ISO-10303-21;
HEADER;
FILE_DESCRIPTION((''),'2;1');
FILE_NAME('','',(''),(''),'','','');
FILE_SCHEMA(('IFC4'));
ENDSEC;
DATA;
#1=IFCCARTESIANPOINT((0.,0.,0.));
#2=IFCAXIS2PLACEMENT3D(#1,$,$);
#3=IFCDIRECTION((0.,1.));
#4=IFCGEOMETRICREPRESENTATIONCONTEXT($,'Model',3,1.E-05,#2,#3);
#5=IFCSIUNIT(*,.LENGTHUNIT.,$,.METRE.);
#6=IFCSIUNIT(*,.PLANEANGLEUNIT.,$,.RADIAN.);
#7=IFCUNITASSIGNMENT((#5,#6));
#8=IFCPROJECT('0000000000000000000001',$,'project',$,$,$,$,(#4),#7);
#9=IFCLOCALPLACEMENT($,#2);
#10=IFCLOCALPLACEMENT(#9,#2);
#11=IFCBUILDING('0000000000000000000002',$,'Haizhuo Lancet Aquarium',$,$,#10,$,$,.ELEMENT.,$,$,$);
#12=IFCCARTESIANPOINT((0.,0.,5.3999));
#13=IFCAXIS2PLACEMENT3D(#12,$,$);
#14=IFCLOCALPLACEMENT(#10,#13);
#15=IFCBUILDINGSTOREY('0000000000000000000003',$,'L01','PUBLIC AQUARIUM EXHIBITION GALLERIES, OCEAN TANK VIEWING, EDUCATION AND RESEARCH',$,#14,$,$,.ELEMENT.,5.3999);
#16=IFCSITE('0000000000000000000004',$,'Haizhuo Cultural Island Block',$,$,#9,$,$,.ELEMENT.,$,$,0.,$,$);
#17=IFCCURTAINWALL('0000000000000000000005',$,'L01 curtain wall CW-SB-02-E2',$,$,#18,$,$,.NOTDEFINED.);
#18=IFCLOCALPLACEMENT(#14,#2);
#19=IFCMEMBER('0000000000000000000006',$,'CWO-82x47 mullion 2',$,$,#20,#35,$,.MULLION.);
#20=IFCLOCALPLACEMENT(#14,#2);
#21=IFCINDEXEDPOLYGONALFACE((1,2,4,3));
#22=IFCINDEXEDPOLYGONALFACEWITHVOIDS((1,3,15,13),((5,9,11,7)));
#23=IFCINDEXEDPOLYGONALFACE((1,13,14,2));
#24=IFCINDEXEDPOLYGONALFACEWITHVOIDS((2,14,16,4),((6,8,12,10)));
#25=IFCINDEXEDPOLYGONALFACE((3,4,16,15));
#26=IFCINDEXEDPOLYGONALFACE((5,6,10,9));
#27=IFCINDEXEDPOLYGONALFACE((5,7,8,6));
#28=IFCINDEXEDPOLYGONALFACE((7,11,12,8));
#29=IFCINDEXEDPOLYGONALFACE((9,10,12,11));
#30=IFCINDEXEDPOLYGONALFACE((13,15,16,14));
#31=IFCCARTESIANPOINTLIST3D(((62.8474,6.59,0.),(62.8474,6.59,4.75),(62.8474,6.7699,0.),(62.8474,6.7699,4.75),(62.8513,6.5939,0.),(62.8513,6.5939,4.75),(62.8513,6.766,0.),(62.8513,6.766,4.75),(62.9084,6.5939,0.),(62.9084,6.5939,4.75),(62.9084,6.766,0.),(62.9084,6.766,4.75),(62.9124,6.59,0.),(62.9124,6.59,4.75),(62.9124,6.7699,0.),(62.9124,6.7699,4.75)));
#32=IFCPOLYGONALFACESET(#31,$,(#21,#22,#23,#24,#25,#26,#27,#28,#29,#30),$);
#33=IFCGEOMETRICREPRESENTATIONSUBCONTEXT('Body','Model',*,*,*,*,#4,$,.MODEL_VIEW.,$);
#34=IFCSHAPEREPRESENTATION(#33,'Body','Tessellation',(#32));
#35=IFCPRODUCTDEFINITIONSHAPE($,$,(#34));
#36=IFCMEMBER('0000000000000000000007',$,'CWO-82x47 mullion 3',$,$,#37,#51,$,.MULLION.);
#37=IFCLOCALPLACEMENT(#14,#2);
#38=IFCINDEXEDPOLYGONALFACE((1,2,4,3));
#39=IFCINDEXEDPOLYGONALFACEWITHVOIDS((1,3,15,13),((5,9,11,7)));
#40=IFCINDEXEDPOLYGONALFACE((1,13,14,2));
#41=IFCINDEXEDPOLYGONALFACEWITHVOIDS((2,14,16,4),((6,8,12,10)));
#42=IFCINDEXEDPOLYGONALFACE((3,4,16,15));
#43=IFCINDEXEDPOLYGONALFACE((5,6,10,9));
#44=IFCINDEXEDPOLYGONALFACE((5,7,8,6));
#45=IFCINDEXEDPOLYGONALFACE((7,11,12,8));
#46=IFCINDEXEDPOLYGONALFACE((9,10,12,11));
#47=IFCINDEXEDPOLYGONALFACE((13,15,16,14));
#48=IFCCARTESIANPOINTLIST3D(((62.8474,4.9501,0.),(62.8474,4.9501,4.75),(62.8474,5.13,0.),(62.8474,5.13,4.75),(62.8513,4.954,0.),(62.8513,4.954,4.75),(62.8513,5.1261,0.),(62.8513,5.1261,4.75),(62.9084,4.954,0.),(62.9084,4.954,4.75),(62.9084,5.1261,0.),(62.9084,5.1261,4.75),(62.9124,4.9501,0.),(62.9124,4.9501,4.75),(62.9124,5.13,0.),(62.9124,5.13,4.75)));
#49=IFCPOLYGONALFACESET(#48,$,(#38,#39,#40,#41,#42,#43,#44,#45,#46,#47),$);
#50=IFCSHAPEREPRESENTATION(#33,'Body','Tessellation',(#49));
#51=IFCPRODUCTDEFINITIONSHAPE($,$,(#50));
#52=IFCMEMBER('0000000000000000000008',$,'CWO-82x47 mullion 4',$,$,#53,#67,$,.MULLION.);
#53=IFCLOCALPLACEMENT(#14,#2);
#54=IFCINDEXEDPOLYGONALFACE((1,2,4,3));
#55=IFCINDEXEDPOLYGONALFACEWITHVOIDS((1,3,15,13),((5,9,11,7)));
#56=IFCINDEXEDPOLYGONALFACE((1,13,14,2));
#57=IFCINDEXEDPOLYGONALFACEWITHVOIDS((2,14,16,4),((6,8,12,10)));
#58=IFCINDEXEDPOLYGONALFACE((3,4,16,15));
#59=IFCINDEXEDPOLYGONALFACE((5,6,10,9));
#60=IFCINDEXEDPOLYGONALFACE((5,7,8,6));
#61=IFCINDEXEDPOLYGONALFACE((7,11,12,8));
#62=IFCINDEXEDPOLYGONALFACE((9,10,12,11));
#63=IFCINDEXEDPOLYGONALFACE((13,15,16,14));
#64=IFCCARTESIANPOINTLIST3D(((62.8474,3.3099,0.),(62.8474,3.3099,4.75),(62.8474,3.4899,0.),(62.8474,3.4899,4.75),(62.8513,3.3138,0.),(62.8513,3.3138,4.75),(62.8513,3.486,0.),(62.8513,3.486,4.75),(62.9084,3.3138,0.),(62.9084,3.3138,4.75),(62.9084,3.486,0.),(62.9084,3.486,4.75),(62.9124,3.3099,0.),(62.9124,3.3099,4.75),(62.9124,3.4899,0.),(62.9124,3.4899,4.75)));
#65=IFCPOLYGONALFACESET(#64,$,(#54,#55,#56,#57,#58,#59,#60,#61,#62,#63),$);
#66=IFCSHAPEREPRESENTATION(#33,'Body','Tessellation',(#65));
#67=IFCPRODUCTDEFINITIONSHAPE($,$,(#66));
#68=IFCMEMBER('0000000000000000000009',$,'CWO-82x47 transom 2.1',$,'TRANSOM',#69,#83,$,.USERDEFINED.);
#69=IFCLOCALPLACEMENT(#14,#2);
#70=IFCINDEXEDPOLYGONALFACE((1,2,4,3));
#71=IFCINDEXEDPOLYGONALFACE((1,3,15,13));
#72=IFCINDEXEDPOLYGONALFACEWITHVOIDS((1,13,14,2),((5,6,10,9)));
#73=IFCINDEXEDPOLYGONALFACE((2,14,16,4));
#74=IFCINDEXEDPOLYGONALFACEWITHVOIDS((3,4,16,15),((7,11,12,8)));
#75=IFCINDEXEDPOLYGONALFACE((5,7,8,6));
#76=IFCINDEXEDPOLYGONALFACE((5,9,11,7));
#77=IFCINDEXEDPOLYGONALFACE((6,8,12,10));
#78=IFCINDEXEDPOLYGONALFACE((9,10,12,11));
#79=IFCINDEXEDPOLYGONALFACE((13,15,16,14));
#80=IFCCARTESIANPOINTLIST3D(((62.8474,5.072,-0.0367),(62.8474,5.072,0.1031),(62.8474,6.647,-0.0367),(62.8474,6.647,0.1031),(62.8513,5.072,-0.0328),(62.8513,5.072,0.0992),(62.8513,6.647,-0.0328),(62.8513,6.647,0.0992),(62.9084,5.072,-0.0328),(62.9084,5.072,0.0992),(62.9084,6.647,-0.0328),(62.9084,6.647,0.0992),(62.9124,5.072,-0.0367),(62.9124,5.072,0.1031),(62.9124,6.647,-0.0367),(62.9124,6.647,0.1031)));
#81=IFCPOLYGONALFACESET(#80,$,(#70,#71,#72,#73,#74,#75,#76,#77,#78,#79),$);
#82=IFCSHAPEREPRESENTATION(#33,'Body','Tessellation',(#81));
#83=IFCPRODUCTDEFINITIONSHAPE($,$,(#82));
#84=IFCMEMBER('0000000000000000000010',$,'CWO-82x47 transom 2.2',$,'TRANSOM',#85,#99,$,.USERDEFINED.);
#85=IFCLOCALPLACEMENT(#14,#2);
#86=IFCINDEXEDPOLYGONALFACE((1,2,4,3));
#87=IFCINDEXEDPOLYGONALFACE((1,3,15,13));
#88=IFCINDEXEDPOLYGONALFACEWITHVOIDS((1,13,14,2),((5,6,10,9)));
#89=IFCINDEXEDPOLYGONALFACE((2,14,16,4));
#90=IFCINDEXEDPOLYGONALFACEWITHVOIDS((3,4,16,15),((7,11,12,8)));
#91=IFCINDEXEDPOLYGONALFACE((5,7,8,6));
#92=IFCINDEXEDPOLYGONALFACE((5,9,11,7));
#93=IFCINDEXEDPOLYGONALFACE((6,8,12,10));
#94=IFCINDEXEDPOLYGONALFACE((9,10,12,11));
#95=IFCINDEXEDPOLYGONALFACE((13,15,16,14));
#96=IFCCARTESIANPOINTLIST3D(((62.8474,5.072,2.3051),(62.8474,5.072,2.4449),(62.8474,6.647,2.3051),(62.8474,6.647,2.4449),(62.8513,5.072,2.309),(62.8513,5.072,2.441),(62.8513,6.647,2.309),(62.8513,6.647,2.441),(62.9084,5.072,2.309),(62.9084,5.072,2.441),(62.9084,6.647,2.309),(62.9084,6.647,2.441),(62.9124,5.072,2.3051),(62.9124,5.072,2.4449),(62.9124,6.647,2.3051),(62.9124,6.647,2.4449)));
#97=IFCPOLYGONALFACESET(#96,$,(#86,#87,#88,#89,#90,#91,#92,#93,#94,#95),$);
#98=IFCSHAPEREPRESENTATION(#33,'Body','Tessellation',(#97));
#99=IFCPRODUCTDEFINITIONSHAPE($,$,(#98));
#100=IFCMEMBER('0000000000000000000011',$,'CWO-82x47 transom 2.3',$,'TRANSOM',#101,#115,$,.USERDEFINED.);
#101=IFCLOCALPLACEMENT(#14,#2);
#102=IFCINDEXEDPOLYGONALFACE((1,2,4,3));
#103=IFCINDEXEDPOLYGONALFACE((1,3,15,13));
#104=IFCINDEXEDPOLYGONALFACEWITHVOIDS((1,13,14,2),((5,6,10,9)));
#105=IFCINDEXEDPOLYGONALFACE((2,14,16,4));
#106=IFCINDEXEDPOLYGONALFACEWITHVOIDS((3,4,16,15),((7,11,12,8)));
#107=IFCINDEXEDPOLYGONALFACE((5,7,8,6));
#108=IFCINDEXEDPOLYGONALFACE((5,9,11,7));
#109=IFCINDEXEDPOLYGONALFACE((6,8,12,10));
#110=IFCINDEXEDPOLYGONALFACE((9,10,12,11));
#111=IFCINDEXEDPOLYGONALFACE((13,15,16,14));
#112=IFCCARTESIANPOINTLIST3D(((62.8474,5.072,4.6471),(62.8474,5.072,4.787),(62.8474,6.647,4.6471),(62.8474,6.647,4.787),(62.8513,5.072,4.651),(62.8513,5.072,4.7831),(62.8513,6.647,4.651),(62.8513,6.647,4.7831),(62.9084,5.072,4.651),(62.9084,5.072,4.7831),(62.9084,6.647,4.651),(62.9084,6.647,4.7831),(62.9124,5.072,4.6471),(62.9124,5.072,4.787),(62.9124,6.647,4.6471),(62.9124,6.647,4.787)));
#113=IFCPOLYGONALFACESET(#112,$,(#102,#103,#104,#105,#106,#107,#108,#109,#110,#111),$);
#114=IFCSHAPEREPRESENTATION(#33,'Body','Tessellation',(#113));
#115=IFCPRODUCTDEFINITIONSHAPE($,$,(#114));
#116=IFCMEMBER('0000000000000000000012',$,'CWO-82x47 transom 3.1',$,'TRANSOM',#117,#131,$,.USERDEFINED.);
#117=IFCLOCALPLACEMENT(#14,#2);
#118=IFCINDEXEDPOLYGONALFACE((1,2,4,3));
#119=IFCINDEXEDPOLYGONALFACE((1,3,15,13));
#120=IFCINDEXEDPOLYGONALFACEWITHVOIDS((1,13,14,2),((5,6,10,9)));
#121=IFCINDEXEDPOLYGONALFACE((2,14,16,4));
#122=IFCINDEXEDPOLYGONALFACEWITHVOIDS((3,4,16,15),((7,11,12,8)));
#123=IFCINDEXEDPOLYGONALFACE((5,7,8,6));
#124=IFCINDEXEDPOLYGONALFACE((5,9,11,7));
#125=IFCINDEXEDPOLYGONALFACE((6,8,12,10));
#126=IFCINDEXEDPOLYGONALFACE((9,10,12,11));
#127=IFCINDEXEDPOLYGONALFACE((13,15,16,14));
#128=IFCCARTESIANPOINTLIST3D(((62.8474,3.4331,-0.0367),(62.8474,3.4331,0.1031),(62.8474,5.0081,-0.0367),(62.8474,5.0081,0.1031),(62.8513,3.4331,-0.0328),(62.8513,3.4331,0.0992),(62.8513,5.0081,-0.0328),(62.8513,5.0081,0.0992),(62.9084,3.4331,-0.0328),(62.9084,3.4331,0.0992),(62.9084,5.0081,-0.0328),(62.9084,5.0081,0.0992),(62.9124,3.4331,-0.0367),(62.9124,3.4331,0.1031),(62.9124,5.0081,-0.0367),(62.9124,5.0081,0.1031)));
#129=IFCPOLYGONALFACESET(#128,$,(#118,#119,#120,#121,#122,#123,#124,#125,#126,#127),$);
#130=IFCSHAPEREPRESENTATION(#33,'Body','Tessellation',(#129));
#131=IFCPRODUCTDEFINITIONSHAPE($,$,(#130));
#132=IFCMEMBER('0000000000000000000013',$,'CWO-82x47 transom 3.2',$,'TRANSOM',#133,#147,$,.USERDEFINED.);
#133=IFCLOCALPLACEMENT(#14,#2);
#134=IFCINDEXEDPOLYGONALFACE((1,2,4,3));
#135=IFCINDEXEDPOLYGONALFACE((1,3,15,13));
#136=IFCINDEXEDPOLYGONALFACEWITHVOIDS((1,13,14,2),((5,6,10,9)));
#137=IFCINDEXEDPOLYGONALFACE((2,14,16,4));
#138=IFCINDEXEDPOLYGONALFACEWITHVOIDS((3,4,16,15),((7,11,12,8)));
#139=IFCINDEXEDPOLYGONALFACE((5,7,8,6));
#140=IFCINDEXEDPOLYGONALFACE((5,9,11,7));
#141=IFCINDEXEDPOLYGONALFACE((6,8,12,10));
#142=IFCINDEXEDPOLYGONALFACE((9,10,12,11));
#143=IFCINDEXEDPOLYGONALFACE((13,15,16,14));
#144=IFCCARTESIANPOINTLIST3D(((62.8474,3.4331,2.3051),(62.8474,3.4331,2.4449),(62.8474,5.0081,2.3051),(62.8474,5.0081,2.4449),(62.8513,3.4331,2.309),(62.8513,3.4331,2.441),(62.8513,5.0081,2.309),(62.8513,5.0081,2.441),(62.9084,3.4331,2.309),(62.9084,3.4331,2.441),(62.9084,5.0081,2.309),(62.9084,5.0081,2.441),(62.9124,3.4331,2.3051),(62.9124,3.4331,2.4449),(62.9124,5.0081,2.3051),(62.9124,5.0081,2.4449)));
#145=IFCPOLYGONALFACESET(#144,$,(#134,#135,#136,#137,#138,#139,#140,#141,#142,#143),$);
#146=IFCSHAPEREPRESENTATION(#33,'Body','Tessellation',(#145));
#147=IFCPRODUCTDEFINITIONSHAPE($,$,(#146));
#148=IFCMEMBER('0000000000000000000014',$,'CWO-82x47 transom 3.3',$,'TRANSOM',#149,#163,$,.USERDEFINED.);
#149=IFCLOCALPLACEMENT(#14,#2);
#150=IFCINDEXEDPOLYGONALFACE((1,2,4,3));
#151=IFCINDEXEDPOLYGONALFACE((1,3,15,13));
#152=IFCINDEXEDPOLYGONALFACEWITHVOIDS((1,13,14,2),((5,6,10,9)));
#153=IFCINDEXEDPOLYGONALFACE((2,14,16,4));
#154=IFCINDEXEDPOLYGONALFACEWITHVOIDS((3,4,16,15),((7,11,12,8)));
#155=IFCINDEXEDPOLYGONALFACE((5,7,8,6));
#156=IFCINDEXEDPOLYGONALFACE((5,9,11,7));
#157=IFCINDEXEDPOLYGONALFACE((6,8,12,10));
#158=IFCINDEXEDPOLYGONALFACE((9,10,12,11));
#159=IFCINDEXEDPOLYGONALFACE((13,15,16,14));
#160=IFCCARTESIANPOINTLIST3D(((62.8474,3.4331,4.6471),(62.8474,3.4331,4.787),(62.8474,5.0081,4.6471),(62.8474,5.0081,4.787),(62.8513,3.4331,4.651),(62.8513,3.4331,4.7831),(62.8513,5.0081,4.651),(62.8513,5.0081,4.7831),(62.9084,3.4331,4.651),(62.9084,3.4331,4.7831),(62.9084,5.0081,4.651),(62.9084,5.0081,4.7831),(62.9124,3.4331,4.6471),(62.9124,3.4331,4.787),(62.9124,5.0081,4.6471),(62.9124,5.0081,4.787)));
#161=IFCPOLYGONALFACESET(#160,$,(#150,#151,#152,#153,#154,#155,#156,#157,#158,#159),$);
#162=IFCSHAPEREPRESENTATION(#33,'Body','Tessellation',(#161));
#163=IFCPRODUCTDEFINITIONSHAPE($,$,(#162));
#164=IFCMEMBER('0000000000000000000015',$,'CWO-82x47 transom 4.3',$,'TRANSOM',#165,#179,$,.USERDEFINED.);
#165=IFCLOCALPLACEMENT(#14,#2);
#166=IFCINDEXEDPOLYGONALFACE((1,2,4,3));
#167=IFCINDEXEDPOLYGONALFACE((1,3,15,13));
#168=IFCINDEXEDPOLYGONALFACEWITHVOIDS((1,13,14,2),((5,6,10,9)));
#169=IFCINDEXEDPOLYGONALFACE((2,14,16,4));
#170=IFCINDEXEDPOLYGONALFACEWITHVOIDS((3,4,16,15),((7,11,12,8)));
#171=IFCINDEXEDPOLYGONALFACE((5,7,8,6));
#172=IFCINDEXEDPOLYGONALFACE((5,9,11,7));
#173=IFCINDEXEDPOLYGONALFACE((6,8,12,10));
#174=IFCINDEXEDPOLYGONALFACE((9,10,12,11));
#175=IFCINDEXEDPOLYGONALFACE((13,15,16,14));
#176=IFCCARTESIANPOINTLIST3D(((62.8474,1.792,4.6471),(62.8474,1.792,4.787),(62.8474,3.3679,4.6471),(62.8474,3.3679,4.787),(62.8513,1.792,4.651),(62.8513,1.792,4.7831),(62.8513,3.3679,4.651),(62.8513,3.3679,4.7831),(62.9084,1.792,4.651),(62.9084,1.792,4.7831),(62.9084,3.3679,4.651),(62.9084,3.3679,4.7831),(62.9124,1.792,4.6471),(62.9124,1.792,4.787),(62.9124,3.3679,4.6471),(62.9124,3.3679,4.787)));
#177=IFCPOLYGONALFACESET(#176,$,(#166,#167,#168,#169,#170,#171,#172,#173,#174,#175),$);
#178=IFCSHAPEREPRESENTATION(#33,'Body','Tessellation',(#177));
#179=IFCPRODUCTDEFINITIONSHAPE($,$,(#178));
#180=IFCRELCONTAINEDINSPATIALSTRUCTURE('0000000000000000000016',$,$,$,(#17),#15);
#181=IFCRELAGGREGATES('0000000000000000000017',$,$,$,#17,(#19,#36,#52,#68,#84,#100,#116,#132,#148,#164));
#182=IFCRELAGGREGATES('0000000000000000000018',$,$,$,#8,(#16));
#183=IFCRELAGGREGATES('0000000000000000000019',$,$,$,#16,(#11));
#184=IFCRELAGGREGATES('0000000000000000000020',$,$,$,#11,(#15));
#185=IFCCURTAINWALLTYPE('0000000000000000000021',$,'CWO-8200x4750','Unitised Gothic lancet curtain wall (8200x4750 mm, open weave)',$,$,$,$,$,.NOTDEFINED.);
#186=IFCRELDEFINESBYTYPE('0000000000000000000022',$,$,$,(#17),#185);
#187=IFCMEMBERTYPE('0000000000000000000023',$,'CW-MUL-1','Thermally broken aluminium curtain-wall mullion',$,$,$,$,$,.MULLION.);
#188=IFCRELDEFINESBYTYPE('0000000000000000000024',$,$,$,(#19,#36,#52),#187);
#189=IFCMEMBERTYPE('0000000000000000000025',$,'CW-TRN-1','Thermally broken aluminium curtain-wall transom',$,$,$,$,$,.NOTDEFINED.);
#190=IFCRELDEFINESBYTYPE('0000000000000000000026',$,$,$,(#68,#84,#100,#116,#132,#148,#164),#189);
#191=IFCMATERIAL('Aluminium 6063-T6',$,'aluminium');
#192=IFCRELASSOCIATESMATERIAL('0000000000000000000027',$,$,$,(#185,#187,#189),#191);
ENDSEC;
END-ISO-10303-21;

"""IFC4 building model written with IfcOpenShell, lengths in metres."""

from ifc_helpers import new_model, si_unit, direction, frame, origin, origin_2d, place, context, subcontext, project, spatial, hollow_rectangle, extrude, material, material_profile, profile_set, type_object, element, aggregate, save


model = new_model("IFC4")

# Units and contexts
model_context = context("Model", 3, precision=1e-05, world=origin(), true_north=direction((0.0, 1.0)))
body_context = subcontext(model_context, "Body", "Model", "MODEL_VIEW")
ifc_project = project(units=[si_unit("LENGTHUNIT", "METRE"), si_unit("PLANEANGLEUNIT", "RADIAN")], contexts=[model_context])

# Site, building, storey
site_placement = place(None, origin())
site = spatial("IfcSite", under=ifc_project, at=site_placement, Name="Haizhuo Cultural Island Block", CompositionType="ELEMENT", RefElevation=0.0)
building_placement = place(site_placement, origin())
building = spatial("IfcBuilding", under=site, at=building_placement, Name="Haizhuo Lancet Aquarium", CompositionType="ELEMENT")
storey_placement = place(building_placement, frame((0.0, 0.0, 5.3999)))
storey = spatial("IfcBuildingStorey", under=building, at=storey_placement, Name="L01", Description="PUBLIC AQUARIUM EXHIBITION GALLERIES, OCEAN TANK VIEWING, EDUCATION AND RESEARCH", CompositionType="ELEMENT", Elevation=5.3999)

# Curtain wall, members
ifc_material_1 = material(Name="Aluminium 6063-T6", Category="aluminium")
curtain_wall_type = type_object("IfcCurtainWallType", Name="CWO-8200x4750", Description="Unitised Gothic lancet curtain wall (8200x4750 mm, open weave)", PredefinedType="NOTDEFINED", material=ifc_material_1)
curtain_wall_placement = place(storey_placement, origin())
curtain_wall = element("IfcCurtainWall", 1, at=curtain_wall_placement, inside=storey, type_object=curtain_wall_type, Name="L01 curtain wall CW-SB-02-E2", PredefinedType="NOTDEFINED")
ifc_material_profile_1 = material_profile(ifc_material_1, hollow_rectangle(XDim=0.0649, YDim=0.1799, WallThickness=0.0039, at=origin_2d()), Name="ALU-M 65x180x4")
ifc_profile_set_1 = profile_set([ifc_material_profile_1], Name="Aluminium 6063-T6")
member_type_1 = type_object("IfcMemberType", Name="CW-MUL-1", Description="Thermally broken aluminium curtain-wall mullion", PredefinedType="MULLION", material=ifc_profile_set_1)
member_1_placement = place(storey_placement, frame((62.8799, 6.6799, 0.0), z_axis=(0.0, 0.0, 1.0), x_axis=(1.0, 0.0, 0.0)))
member_1 = element("IfcMember", 2, at=member_1_placement, type_object=member_type_1, Name="CWO-82x47 mullion 2", PredefinedType="MULLION", context=body_context, shape_type="SweptSolid", body=[
    extrude(hollow_rectangle(XDim=0.0649, YDim=0.1799, WallThickness=0.0039, at=origin_2d()), origin(), (0.0, 0.0, 1.0), 4.75),
])
member_2_placement = place(storey_placement, frame((62.8799, 5.04, 0.0), z_axis=(0.0, 0.0, 1.0), x_axis=(1.0, 0.0, 0.0)))
member_2 = element("IfcMember", 3, at=member_2_placement, type_object=member_type_1, Name="CWO-82x47 mullion 3", PredefinedType="MULLION", context=body_context, shape_type="SweptSolid", body=[
    extrude(hollow_rectangle(XDim=0.0649, YDim=0.1799, WallThickness=0.0039, at=origin_2d()), origin(), (0.0, 0.0, 1.0), 4.75),
])
member_3_placement = place(storey_placement, frame((62.8799, 3.3999, 0.0), z_axis=(0.0, 0.0, 1.0), x_axis=(1.0, 0.0, 0.0)))
member_3 = element("IfcMember", 4, at=member_3_placement, type_object=member_type_1, Name="CWO-82x47 mullion 4", PredefinedType="MULLION", context=body_context, shape_type="SweptSolid", body=[
    extrude(hollow_rectangle(XDim=0.0649, YDim=0.1799, WallThickness=0.0039, at=origin_2d()), origin(), (0.0, 0.0, 1.0), 4.75),
])
ifc_material_profile_2 = material_profile(ifc_material_1, hollow_rectangle(XDim=0.0649, YDim=0.1399, WallThickness=0.0039, at=origin_2d()), Name="ALU-T 65x140x4")
ifc_profile_set_2 = profile_set([ifc_material_profile_2], Name="Aluminium 6063-T6")
member_type_2 = type_object("IfcMemberType", Name="CW-TRN-1", Description="Thermally broken aluminium curtain-wall transom", PredefinedType="NOTDEFINED", material=ifc_profile_set_2)
member_4_placement = place(storey_placement, frame((62.8799, 6.647, 0.0332), z_axis=(0.0, -1.0, 0.0), x_axis=(1.0, 0.0, 0.0)))
member_4 = element("IfcMember", 5, at=member_4_placement, type_object=member_type_2, Name="CWO-82x47 transom 2.1", ObjectType="TRANSOM", PredefinedType="USERDEFINED", context=body_context, shape_type="SweptSolid", body=[
    extrude(hollow_rectangle(XDim=0.0649, YDim=0.1399, WallThickness=0.0039, at=origin_2d()), origin(), (0.0, 0.0, 1.0), 1.575),
])
member_5_placement = place(storey_placement, frame((62.8799, 6.647, 2.375), z_axis=(0.0, -1.0, 0.0), x_axis=(1.0, 0.0, 0.0)))
member_5 = element("IfcMember", 6, at=member_5_placement, type_object=member_type_2, Name="CWO-82x47 transom 2.2", ObjectType="TRANSOM", PredefinedType="USERDEFINED", context=body_context, shape_type="SweptSolid", body=[
    extrude(hollow_rectangle(XDim=0.0649, YDim=0.1399, WallThickness=0.0039, at=origin_2d()), origin(), (0.0, 0.0, 1.0), 1.575),
])
member_6_placement = place(storey_placement, frame((62.8799, 6.647, 4.717), z_axis=(0.0, -1.0, 0.0), x_axis=(1.0, 0.0, 0.0)))
member_6 = element("IfcMember", 7, at=member_6_placement, type_object=member_type_2, Name="CWO-82x47 transom 2.3", ObjectType="TRANSOM", PredefinedType="USERDEFINED", context=body_context, shape_type="SweptSolid", body=[
    extrude(hollow_rectangle(XDim=0.0649, YDim=0.1399, WallThickness=0.0039, at=origin_2d()), origin(), (0.0, 0.0, 1.0), 1.575),
])
member_7_placement = place(storey_placement, frame((62.8799, 5.0081, 0.0332), z_axis=(0.0, -1.0, 0.0), x_axis=(1.0, 0.0, 0.0)))
member_7 = element("IfcMember", 8, at=member_7_placement, type_object=member_type_2, Name="CWO-82x47 transom 3.1", ObjectType="TRANSOM", PredefinedType="USERDEFINED", context=body_context, shape_type="SweptSolid", body=[
    extrude(hollow_rectangle(XDim=0.0649, YDim=0.1399, WallThickness=0.0039, at=origin_2d()), origin(), (0.0, 0.0, 1.0), 1.575),
])
member_8_placement = place(storey_placement, frame((62.8799, 5.0081, 2.375), z_axis=(0.0, -1.0, 0.0), x_axis=(1.0, 0.0, 0.0)))
member_8 = element("IfcMember", 9, at=member_8_placement, type_object=member_type_2, Name="CWO-82x47 transom 3.2", ObjectType="TRANSOM", PredefinedType="USERDEFINED", context=body_context, shape_type="SweptSolid", body=[
    extrude(hollow_rectangle(XDim=0.0649, YDim=0.1399, WallThickness=0.0039, at=origin_2d()), origin(), (0.0, 0.0, 1.0), 1.575),
])
member_9_placement = place(storey_placement, frame((62.8799, 5.0081, 4.717), z_axis=(0.0, -1.0, 0.0), x_axis=(1.0, 0.0, 0.0)))
member_9 = element("IfcMember", 10, at=member_9_placement, type_object=member_type_2, Name="CWO-82x47 transom 3.3", ObjectType="TRANSOM", PredefinedType="USERDEFINED", context=body_context, shape_type="SweptSolid", body=[
    extrude(hollow_rectangle(XDim=0.0649, YDim=0.1399, WallThickness=0.0039, at=origin_2d()), origin(), (0.0, 0.0, 1.0), 1.575),
])
member_10_placement = place(storey_placement, frame((62.8799, 3.3679, 4.717), z_axis=(0.0, -1.0, 0.0), x_axis=(1.0, 0.0, 0.0)))
member_10 = element("IfcMember", 11, at=member_10_placement, type_object=member_type_2, Name="CWO-82x47 transom 4.3", ObjectType="TRANSOM", PredefinedType="USERDEFINED", context=body_context, shape_type="SweptSolid", body=[
    extrude(hollow_rectangle(XDim=0.0649, YDim=0.1399, WallThickness=0.0039, at=origin_2d()), origin(), (0.0, 0.0, 1.0), 1.5759),
])

aggregate(curtain_wall, [member_1, member_2, member_3, member_4, member_5, member_6, member_7, member_8, member_9, member_10])

save(model, "model.ifc")
